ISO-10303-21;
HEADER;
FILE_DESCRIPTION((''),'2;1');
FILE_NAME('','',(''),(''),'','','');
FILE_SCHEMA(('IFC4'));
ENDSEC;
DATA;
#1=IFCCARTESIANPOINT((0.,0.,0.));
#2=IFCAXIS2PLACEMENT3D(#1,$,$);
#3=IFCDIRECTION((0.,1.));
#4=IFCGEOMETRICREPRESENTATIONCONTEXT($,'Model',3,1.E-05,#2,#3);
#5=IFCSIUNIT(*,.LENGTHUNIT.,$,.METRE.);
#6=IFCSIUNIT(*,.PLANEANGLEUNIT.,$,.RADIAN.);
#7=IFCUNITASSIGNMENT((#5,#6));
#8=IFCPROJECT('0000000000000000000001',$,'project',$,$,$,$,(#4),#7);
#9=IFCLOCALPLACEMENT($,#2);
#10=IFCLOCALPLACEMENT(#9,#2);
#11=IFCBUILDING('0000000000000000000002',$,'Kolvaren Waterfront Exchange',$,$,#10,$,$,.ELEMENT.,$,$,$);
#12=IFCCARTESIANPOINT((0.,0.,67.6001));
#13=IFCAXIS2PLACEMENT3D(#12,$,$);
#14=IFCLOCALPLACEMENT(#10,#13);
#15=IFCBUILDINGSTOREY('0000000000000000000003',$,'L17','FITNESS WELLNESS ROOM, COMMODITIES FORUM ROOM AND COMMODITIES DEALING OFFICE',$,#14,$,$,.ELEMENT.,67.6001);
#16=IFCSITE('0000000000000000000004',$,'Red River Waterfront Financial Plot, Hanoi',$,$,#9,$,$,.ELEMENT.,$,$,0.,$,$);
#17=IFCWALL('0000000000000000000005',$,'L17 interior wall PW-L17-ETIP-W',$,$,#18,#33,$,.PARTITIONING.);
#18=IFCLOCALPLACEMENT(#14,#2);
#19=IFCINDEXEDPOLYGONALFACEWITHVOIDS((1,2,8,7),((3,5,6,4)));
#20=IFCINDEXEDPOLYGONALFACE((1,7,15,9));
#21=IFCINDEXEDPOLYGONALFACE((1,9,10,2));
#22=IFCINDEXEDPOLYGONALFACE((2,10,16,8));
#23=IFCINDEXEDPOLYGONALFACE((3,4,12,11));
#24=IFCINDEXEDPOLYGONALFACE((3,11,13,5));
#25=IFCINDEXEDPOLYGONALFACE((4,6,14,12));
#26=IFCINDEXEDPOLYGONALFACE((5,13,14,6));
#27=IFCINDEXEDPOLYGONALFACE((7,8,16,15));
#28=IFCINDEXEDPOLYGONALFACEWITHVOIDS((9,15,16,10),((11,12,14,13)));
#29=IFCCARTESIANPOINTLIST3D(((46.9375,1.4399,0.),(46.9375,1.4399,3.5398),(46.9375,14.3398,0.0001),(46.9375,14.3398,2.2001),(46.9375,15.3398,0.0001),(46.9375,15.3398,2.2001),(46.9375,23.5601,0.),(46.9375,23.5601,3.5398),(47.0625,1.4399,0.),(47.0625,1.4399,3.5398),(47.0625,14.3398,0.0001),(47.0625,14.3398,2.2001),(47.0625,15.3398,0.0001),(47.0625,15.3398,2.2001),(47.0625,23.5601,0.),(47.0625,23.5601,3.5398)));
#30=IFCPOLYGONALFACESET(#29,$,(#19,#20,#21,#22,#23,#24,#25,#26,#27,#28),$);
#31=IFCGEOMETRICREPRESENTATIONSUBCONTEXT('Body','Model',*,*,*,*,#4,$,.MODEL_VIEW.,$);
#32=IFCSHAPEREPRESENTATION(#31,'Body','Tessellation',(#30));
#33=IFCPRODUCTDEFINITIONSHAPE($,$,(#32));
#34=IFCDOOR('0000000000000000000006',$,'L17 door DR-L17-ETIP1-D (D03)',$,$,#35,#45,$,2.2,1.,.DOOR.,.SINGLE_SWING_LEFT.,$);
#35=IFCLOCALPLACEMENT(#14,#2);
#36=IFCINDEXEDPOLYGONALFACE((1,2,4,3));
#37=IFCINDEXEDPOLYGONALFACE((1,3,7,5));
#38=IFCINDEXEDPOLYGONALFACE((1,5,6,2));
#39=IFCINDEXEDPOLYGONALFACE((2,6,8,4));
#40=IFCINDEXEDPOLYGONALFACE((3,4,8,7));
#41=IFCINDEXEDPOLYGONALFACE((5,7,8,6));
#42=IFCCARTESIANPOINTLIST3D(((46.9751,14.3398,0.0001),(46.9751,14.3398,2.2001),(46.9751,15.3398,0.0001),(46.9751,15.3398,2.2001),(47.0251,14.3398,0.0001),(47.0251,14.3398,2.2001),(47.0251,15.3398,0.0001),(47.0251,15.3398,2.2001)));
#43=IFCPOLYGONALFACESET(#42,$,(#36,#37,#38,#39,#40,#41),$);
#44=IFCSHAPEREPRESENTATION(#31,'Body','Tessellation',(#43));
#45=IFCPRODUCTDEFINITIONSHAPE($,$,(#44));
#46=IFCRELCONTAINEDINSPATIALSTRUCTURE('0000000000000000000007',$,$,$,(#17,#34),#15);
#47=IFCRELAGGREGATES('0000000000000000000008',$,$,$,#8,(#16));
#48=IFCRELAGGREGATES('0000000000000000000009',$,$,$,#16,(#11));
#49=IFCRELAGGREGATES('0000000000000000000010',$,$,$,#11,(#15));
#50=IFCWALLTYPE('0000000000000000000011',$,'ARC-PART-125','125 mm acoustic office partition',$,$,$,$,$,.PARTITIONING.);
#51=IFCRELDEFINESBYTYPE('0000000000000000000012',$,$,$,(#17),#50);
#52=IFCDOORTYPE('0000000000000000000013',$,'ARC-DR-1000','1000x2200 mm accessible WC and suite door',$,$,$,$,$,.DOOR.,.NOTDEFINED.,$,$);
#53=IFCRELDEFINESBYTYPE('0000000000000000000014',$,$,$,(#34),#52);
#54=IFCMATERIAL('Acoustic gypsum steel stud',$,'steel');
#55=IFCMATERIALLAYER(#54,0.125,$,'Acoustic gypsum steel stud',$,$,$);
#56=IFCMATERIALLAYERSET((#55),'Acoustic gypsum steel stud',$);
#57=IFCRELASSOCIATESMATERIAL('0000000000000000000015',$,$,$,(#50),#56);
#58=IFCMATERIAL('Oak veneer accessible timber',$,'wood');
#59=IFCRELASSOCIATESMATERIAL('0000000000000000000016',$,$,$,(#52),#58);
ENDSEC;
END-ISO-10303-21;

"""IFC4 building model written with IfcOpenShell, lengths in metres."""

from ifc_helpers import new_model, si_unit, direction, frame, frame_2d, origin, place, context, subcontext, project, spatial, rectangle, extrude, material, layer, layer_set, type_object, element, fill, save


model = new_model("IFC4")

# Units and contexts
model_context = context("Model", 3, precision=1e-05, world=origin(), true_north=direction((0.0, 1.0)))
body_context = subcontext(model_context, "Body", "Model", "MODEL_VIEW")
ifc_project = project(units=[si_unit("LENGTHUNIT", "METRE"), si_unit("PLANEANGLEUNIT", "RADIAN")], contexts=[model_context])

# Site, building, storey
site_placement = place(None, origin())
site = spatial("IfcSite", under=ifc_project, at=site_placement, Name="Red River Waterfront Financial Plot, Hanoi", CompositionType="ELEMENT", RefElevation=0.0)
building_placement = place(site_placement, origin())
building = spatial("IfcBuilding", under=site, at=building_placement, Name="Kolvaren Waterfront Exchange", CompositionType="ELEMENT")
storey_placement = place(building_placement, frame((0.0, 0.0, 67.6001)))
storey = spatial("IfcBuildingStorey", under=building, at=storey_placement, Name="L17", Description="FITNESS WELLNESS ROOM, COMMODITIES FORUM ROOM AND COMMODITIES DEALING OFFICE", CompositionType="ELEMENT", Elevation=67.6001)

# Wall, opening, door
ifc_material_1 = material(Name="Acoustic gypsum steel stud", Category="steel")
ifc_layer_1 = layer(ifc_material_1, 0.125, Name="Acoustic gypsum steel stud")
ifc_layer_set_1 = layer_set([ifc_layer_1], Name="Acoustic gypsum steel stud")
wall_type_1 = type_object("IfcWallType", Name="ARC-PART-125", Description="125 mm acoustic office partition", PredefinedType="PARTITIONING", material=ifc_layer_set_1)
wall_1_placement = place(storey_placement, frame((47.0, 1.4399, 0.0), z_axis=(0.0, 0.0, 1.0), x_axis=(0.0, 1.0, 0.0)))
wall_1 = element("IfcWall", 1, at=wall_1_placement, inside=storey, type_object=wall_type_1, Name="L17 interior wall PW-L17-ETIP-W", PredefinedType="PARTITIONING", context=body_context, shape_type="SweptSolid", body=[
    extrude(rectangle(XDim=22.1201, YDim=0.125, at=frame_2d((11.0601, 0.0))), origin(), (0.0, 0.0, 1.0), 3.5398),
])
opening_placement = place(wall_1_placement, frame((12.8999, 0.0, 0.0)))
opening = element("IfcOpeningElement", 2, at=opening_placement, cuts=wall_1, PredefinedType="OPENING", context=body_context, shape_type="SweptSolid", body=[
    extrude(rectangle(XDim=1.0, YDim=2.2, at=frame_2d((0.5, 1.1001))), frame((0.0, 0.0725, 0.0), z_axis=(0.0, -1.0, 0.0), x_axis=(1.0, 0.0, 0.0)), (0.0, 0.0, 1.0), 0.145),
])
ifc_material_2 = material(Name="Oak veneer accessible timber", Category="wood")
door_type = type_object("IfcDoorType", Name="ARC-DR-1000", Description="1000x2200 mm accessible WC and suite door", OperationType="NOTDEFINED", PredefinedType="DOOR", material=ifc_material_2)
door_placement = place(opening_placement, origin())
door = element("IfcDoor", 3, at=door_placement, inside=storey, type_object=door_type, Name="L17 door DR-L17-ETIP1-D (D03)", OperationType="SINGLE_SWING_LEFT", OverallHeight=2.2, OverallWidth=1.0, PredefinedType="DOOR", context=body_context, shape_type="SweptSolid", body=[
    extrude(rectangle(XDim=1.0, YDim=2.2, at=frame_2d((0.5, 1.1001))), frame((0.0, 0.0249, 0.0), z_axis=(0.0, -1.0, 0.0), x_axis=(1.0, 0.0, 0.0)), (0.0, 0.0, 1.0), 0.05),
])
fill(opening, door)

save(model, "model.ifc")
